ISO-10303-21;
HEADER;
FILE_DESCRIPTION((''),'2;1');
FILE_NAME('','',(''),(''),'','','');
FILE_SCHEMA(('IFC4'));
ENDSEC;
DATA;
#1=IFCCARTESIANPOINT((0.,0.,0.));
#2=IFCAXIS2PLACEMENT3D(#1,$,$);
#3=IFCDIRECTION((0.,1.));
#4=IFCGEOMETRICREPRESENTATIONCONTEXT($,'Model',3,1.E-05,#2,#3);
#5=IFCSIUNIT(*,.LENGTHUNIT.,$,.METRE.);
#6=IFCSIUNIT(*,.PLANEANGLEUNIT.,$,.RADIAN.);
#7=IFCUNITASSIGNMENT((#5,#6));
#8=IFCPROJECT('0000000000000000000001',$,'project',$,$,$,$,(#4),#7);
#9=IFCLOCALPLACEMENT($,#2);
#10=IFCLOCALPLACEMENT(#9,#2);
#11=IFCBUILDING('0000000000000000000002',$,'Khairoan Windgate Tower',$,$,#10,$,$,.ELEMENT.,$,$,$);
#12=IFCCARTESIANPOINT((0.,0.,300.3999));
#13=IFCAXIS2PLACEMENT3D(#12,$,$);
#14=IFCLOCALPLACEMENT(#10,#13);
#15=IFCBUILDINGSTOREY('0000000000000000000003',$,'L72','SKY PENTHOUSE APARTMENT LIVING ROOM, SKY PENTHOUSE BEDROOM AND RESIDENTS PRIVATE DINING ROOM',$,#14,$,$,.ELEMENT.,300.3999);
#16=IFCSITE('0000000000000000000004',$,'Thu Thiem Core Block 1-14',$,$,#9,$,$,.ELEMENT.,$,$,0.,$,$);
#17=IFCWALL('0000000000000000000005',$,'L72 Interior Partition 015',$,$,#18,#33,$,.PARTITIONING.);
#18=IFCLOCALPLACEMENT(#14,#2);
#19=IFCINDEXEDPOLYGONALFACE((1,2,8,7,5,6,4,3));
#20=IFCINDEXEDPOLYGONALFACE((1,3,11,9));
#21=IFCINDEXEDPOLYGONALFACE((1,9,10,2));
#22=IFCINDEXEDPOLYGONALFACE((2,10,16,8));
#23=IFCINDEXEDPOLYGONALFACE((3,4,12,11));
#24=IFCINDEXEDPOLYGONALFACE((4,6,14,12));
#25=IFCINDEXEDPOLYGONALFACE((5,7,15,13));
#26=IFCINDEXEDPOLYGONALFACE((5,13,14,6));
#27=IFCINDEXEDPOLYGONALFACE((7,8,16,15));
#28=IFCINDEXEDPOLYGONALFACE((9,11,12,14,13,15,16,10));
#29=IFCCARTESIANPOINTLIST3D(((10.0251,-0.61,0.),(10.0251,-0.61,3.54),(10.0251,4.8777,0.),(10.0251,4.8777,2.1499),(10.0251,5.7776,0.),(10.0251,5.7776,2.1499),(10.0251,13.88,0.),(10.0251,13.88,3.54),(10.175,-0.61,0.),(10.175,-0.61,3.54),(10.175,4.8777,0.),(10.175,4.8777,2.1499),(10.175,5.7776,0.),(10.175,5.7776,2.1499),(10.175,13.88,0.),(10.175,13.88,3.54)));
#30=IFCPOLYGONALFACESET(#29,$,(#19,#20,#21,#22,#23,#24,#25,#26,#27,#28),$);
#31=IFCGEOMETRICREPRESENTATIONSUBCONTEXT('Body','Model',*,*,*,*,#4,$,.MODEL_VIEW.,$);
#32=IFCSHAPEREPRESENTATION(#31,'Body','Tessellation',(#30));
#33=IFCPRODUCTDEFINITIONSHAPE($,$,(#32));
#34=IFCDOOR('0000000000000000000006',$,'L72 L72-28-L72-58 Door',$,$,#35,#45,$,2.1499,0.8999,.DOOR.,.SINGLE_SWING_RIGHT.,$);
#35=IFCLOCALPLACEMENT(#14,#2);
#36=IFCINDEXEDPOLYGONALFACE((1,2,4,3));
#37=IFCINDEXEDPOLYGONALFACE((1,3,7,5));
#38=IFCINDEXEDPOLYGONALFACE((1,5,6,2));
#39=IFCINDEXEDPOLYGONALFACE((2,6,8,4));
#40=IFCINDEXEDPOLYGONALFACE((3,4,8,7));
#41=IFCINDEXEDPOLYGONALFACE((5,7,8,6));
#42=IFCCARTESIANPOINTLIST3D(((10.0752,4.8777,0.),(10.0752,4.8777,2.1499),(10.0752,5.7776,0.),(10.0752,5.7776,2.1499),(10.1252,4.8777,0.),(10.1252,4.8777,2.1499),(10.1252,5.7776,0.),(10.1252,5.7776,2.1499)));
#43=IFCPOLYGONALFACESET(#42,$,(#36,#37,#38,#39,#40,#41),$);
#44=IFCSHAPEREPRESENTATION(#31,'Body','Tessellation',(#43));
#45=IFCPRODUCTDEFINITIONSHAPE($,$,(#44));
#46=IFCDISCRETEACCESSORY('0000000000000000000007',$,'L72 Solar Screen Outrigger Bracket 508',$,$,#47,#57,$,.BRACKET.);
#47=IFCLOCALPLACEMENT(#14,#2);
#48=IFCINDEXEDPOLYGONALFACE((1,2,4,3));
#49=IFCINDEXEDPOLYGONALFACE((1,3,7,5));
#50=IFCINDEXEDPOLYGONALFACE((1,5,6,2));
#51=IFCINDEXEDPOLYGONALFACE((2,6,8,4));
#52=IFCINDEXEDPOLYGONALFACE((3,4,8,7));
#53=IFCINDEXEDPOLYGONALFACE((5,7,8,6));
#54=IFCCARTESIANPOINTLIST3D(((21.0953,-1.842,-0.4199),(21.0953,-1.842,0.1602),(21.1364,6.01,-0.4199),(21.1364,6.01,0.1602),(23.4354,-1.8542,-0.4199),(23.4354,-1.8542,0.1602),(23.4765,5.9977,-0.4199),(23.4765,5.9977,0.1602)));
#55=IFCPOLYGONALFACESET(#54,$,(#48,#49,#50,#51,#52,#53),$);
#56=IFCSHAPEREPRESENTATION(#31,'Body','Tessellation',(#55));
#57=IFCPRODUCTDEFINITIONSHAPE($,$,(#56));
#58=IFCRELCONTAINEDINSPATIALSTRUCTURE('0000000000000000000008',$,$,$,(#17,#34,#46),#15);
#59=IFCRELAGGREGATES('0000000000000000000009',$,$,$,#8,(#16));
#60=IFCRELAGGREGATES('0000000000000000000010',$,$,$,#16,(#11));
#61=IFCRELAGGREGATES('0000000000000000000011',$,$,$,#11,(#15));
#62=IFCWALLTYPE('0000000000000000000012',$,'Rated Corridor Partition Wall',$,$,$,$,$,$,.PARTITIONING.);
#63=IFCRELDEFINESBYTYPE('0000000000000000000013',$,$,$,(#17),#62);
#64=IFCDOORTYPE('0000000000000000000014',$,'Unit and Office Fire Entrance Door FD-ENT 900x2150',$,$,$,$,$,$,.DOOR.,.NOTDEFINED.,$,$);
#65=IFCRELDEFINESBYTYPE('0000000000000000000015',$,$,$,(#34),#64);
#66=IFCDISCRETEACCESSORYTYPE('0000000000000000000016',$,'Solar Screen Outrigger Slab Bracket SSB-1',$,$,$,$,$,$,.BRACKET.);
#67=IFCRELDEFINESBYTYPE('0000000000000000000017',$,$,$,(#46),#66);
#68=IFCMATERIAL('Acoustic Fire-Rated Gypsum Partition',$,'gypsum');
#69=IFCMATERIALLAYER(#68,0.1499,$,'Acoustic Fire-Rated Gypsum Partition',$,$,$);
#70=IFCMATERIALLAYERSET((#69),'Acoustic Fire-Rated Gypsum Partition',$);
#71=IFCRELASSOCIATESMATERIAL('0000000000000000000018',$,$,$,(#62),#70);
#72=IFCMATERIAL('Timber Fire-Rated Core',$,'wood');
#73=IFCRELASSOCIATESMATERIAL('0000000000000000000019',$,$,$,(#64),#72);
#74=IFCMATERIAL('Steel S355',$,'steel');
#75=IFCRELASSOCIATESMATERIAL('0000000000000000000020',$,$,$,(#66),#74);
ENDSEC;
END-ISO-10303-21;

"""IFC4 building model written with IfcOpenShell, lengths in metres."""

from ifc_helpers import new_model, si_unit, direction, frame, frame_2d, origin, origin_2d, place, context, subcontext, project, spatial, rectangle, extrude, material, layer, layer_set, type_object, element, fill, save


model = new_model("IFC4")

# Units and contexts
model_context = context("Model", 3, precision=1e-05, world=origin(), true_north=direction((0.0, 1.0)))
body_context = subcontext(model_context, "Body", "Model", "MODEL_VIEW")
ifc_project = project(units=[si_unit("LENGTHUNIT", "METRE"), si_unit("PLANEANGLEUNIT", "RADIAN")], contexts=[model_context])

# Site, building, storey
site_placement = place(None, origin())
site = spatial("IfcSite", under=ifc_project, at=site_placement, Name="Thu Thiem Core Block 1-14", CompositionType="ELEMENT", RefElevation=0.0)
building_placement = place(site_placement, origin())
building = spatial("IfcBuilding", under=site, at=building_placement, Name="Khairoan Windgate Tower", CompositionType="ELEMENT")
storey_placement = place(building_placement, frame((0.0, 0.0, 300.3999)))
storey = spatial("IfcBuildingStorey", under=building, at=storey_placement, Name="L72", Description="SKY PENTHOUSE APARTMENT LIVING ROOM, SKY PENTHOUSE BEDROOM AND RESIDENTS PRIVATE DINING ROOM", CompositionType="ELEMENT", Elevation=300.3999)

# Wall, opening, door
ifc_material_1 = material(Name="Acoustic Fire-Rated Gypsum Partition", Category="gypsum")
ifc_layer_1 = layer(ifc_material_1, 0.1499, Name="Acoustic Fire-Rated Gypsum Partition")
ifc_layer_set_1 = layer_set([ifc_layer_1], Name="Acoustic Fire-Rated Gypsum Partition")
wall_type_1 = type_object("IfcWallType", Name="Rated Corridor Partition Wall", PredefinedType="PARTITIONING", material=ifc_layer_set_1)
wall_1_placement = place(storey_placement, frame((10.1001, -0.6101, 0.0), z_axis=(0.0, 0.0, 1.0), x_axis=(0.0, 1.0, 0.0)))
wall_1 = element("IfcWall", 1, at=wall_1_placement, inside=storey, type_object=wall_type_1, Name="L72 Interior Partition 015", PredefinedType="PARTITIONING", context=body_context, shape_type="SweptSolid", body=[
    extrude(rectangle(XDim=14.49, YDim=0.1499, at=frame_2d((7.2451, 0.0))), origin(), (0.0, 0.0, 1.0), 3.54),
])
opening_1_placement = place(wall_1_placement, frame((5.4878, 0.0, 0.0)))
opening_1 = element("IfcOpeningElement", 2, at=opening_1_placement, cuts=wall_1, PredefinedType="OPENING", context=body_context, shape_type="SweptSolid", body=[
    extrude(rectangle(XDim=0.8999, YDim=2.1499, at=frame_2d((0.45, 1.075))), frame((0.0, 0.085, 0.0), z_axis=(0.0, -1.0, 0.0), x_axis=(1.0, 0.0, 0.0)), (0.0, 0.0, 1.0), 0.1699),
])
ifc_material_2 = material(Name="Timber Fire-Rated Core", Category="wood")
door_type_1 = type_object("IfcDoorType", Name="Unit and Office Fire Entrance Door FD-ENT 900x2150", OperationType="NOTDEFINED", PredefinedType="DOOR", material=ifc_material_2)
door_1_placement = place(opening_1_placement, origin())
door_1 = element("IfcDoor", 3, at=door_1_placement, inside=storey, type_object=door_type_1, Name="L72 L72-28-L72-58 Door", OperationType="SINGLE_SWING_RIGHT", OverallHeight=2.1499, OverallWidth=0.8999, PredefinedType="DOOR", context=body_context, shape_type="SweptSolid", body=[
    extrude(rectangle(XDim=0.8999, YDim=2.1499, at=frame_2d((0.45, 1.075))), frame((0.0, 0.0249, 0.0), z_axis=(0.0, -1.0, 0.0), x_axis=(1.0, 0.0, 0.0)), (0.0, 0.0, 1.0), 0.05),
])
fill(opening_1, door_1)

# Discrete accessory
ifc_material_3 = material(Name="Steel S355", Category="steel")
discrete_accessory_type = type_object("IfcDiscreteAccessoryType", Name="Solar Screen Outrigger Slab Bracket SSB-1", PredefinedType="BRACKET", material=ifc_material_3)
discrete_accessory_placement = place(storey_placement, frame((22.2859, 2.0779, -0.4199), z_axis=(0.0, 0.0, 1.0), x_axis=(-0.005236, -0.999986, 0.0)))
element("IfcDiscreteAccessory", 4, at=discrete_accessory_placement, inside=storey, type_object=discrete_accessory_type, Name="L72 Solar Screen Outrigger Bracket 508", PredefinedType="BRACKET", context=body_context, shape_type="SweptSolid", body=[
    extrude(rectangle(XDim=7.8521, YDim=2.3401, at=origin_2d()), origin(), (0.0, 0.0, 1.0), 0.5801),
])

save(model, "model.ifc")
